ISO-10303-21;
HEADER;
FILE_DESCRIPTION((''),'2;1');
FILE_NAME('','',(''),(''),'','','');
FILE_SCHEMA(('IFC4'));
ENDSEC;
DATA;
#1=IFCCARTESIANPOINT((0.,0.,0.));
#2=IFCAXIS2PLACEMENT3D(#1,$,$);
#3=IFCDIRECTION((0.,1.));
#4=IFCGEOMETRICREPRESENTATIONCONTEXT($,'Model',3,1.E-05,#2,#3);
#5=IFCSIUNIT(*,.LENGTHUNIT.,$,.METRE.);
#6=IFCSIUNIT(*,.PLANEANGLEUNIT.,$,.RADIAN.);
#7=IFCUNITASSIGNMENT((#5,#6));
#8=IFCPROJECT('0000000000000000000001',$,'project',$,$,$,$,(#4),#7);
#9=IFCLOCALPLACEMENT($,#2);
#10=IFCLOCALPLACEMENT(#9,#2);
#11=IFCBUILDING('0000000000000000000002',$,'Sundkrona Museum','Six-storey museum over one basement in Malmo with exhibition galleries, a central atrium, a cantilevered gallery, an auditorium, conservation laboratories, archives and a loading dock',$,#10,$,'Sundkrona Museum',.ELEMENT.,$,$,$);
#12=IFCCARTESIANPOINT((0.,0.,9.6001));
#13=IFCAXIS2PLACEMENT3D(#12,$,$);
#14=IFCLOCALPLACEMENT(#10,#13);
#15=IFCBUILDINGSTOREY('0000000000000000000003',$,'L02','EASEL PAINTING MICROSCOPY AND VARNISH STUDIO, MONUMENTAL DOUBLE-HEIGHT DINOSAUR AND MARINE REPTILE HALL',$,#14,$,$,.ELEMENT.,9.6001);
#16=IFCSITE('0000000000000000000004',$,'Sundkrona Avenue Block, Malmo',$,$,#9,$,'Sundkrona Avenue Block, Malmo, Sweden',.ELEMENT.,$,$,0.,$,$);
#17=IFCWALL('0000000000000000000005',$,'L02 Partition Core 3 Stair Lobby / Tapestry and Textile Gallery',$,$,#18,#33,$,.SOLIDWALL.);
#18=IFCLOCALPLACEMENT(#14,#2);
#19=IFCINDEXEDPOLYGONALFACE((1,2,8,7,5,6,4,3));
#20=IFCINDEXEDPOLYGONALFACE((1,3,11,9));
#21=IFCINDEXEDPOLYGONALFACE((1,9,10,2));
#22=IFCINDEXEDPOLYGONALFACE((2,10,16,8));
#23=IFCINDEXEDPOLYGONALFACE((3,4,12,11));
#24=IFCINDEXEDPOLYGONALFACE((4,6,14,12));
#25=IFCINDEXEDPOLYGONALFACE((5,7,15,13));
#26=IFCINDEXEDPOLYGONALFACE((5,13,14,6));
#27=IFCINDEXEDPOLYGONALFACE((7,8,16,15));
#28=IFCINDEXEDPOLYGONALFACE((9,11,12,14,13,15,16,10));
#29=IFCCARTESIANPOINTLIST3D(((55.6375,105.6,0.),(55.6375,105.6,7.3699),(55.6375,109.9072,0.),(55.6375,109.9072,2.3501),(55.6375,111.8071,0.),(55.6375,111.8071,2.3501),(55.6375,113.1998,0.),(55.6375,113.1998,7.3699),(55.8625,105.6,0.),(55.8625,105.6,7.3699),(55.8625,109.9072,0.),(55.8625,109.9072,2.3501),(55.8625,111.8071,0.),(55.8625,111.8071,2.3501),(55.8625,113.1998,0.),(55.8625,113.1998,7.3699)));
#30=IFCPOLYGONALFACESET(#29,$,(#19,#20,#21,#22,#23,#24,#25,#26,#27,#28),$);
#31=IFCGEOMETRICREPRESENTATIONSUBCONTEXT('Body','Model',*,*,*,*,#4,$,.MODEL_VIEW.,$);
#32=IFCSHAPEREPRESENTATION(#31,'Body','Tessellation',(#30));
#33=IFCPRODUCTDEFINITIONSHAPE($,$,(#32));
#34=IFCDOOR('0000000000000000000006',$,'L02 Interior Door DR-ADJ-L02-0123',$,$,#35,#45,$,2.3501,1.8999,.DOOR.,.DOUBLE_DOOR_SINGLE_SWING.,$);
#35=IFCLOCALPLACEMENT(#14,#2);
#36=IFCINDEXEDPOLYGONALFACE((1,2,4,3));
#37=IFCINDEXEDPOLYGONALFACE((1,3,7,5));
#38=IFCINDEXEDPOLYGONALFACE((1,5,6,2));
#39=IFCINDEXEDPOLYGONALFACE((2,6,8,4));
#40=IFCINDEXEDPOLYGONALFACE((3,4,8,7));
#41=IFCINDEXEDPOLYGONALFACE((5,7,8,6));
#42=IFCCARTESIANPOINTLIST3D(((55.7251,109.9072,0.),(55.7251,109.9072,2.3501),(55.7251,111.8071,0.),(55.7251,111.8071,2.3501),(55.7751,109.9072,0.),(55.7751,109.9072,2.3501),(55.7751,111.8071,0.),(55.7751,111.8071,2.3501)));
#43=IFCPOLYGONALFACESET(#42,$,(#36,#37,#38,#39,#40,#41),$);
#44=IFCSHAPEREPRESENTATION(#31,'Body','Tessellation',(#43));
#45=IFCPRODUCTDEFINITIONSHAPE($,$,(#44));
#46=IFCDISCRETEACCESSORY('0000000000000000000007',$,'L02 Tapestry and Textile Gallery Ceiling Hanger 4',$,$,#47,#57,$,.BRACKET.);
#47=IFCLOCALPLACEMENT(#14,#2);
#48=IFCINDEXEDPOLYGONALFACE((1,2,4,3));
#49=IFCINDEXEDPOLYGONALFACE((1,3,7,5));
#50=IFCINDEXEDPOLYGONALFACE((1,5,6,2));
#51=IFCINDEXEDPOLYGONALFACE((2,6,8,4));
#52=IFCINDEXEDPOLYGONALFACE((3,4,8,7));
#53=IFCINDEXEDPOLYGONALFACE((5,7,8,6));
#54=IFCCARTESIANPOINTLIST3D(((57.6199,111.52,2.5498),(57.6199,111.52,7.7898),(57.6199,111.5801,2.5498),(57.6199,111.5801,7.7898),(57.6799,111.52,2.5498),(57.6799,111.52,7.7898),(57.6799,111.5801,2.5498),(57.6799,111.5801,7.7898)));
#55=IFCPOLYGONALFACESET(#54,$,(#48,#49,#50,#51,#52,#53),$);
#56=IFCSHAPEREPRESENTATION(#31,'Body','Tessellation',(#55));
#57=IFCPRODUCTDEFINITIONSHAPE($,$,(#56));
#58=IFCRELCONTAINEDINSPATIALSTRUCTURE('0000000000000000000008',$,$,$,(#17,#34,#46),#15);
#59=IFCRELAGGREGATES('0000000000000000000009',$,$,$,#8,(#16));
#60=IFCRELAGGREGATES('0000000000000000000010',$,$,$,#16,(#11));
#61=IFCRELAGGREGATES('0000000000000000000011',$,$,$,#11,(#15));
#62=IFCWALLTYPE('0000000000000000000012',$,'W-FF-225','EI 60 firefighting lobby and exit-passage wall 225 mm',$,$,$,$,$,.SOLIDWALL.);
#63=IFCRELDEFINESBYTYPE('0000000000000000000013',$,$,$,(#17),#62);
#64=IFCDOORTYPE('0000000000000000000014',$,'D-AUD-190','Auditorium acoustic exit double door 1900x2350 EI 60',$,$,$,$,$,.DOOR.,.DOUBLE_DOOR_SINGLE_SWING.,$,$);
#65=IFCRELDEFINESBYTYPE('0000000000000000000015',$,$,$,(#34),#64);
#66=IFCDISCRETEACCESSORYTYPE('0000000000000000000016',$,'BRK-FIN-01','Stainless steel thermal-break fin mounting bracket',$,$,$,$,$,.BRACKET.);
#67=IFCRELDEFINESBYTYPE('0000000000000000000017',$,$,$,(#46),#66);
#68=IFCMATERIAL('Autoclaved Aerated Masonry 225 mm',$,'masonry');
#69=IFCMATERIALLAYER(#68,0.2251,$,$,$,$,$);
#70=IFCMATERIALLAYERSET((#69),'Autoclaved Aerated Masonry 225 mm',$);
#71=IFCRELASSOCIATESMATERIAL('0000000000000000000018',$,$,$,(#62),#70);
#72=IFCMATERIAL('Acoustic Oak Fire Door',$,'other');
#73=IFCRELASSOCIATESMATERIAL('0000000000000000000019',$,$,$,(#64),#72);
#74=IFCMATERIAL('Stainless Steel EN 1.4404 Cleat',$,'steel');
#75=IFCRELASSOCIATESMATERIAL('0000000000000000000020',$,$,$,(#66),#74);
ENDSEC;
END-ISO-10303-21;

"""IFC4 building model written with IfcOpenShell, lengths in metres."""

from ifc_helpers import new_model, si_unit, direction, frame, frame_2d, origin, origin_2d, place, context, subcontext, project, spatial, rectangle, extrude, material, layer, layer_set, type_object, element, fill, save


model = new_model("IFC4")

# Units and contexts
model_context = context("Model", 3, precision=1e-05, world=origin(), true_north=direction((0.0, 1.0)))
body_context = subcontext(model_context, "Body", "Model", "MODEL_VIEW")
ifc_project = project(units=[si_unit("LENGTHUNIT", "METRE"), si_unit("PLANEANGLEUNIT", "RADIAN")], contexts=[model_context])

# Site, building, storey
site_placement = place(None, origin())
site = spatial("IfcSite", under=ifc_project, at=site_placement, Name="Sundkrona Avenue Block, Malmo", LongName="Sundkrona Avenue Block, Malmo, Sweden", CompositionType="ELEMENT", RefElevation=0.0)
building_placement = place(site_placement, origin())
building = spatial("IfcBuilding", under=site, at=building_placement, Name="Sundkrona Museum", Description="Six-storey museum over one basement in Malmo with exhibition galleries, a central atrium, a cantilevered gallery, an auditorium, conservation laboratories, archives and a loading dock", LongName="Sundkrona Museum", CompositionType="ELEMENT")
storey_placement = place(building_placement, frame((0.0, 0.0, 9.6001)))
storey = spatial("IfcBuildingStorey", under=building, at=storey_placement, Name="L02", Description="EASEL PAINTING MICROSCOPY AND VARNISH STUDIO, MONUMENTAL DOUBLE-HEIGHT DINOSAUR AND MARINE REPTILE HALL", CompositionType="ELEMENT", Elevation=9.6001)

# Wall, opening, door
ifc_material_1 = material(Name="Autoclaved Aerated Masonry 225 mm", Category="masonry")
ifc_layer_1 = layer(ifc_material_1, 0.2251)
ifc_layer_set_1 = layer_set([ifc_layer_1], Name="Autoclaved Aerated Masonry 225 mm")
wall_type_1 = type_object("IfcWallType", Name="W-FF-225", Description="EI 60 firefighting lobby and exit-passage wall 225 mm", PredefinedType="SOLIDWALL", material=ifc_layer_set_1)
wall_1_placement = place(storey_placement, frame((55.75, 105.6001, 0.0), z_axis=(0.0, 0.0, 1.0), x_axis=(0.0, 1.0, 0.0)))
wall_1 = element("IfcWall", 1, at=wall_1_placement, inside=storey, type_object=wall_type_1, Name="L02 Partition Core 3 Stair Lobby / Tapestry and Textile Gallery", PredefinedType="SOLIDWALL", context=body_context, shape_type="SweptSolid", body=[
    extrude(rectangle(XDim=7.5999, YDim=0.2251, at=frame_2d((3.7998, 0.0))), origin(), (0.0, 0.0, 1.0), 7.3699),
])
opening_1_placement = place(wall_1_placement, frame((4.3071, 0.0, 0.0)))
opening_1 = element("IfcOpeningElement", 2, at=opening_1_placement, cuts=wall_1, PredefinedType="OPENING", context=body_context, shape_type="SweptSolid", body=[
    extrude(rectangle(XDim=1.8999, YDim=2.3501, at=frame_2d((0.95, 1.175))), frame((0.0, 0.1226, 0.0), z_axis=(0.0, -1.0, 0.0), x_axis=(1.0, 0.0, 0.0)), (0.0, 0.0, 1.0), 0.2451),
])
ifc_material_2 = material(Name="Acoustic Oak Fire Door", Category="other")
door_type = type_object("IfcDoorType", Name="D-AUD-190", Description="Auditorium acoustic exit double door 1900x2350 EI 60", OperationType="DOUBLE_DOOR_SINGLE_SWING", PredefinedType="DOOR", material=ifc_material_2)
door_placement = place(opening_1_placement, origin())
door = element("IfcDoor", 3, at=door_placement, inside=storey, type_object=door_type, Name="L02 Interior Door DR-ADJ-L02-0123", OperationType="DOUBLE_DOOR_SINGLE_SWING", OverallHeight=2.3501, OverallWidth=1.8999, PredefinedType="DOOR", context=body_context, shape_type="SweptSolid", body=[
    extrude(rectangle(XDim=1.8999, YDim=2.3501, at=frame_2d((0.95, 1.175))), frame((0.0, 0.0249, 0.0), z_axis=(0.0, -1.0, 0.0), x_axis=(1.0, 0.0, 0.0)), (0.0, 0.0, 1.0), 0.05),
])
fill(opening_1, door)

# Discrete accessory
ifc_material_3 = material(Name="Stainless Steel EN 1.4404 Cleat", Category="steel")
discrete_accessory_type = type_object("IfcDiscreteAccessoryType", Name="BRK-FIN-01", Description="Stainless steel thermal-break fin mounting bracket", PredefinedType="BRACKET", material=ifc_material_3)
discrete_accessory_placement = place(storey_placement, frame((57.6499, 111.55, 2.5498), z_axis=(0.0, 0.0, 1.0), x_axis=(1.0, 0.0, 0.0)))
element("IfcDiscreteAccessory", 4, at=discrete_accessory_placement, inside=storey, type_object=discrete_accessory_type, Name="L02 Tapestry and Textile Gallery Ceiling Hanger 4", PredefinedType="BRACKET", context=body_context, shape_type="SweptSolid", body=[
    extrude(rectangle(XDim=0.0601, YDim=0.0601, at=origin_2d()), origin(), (0.0, 0.0, 1.0), 5.24),
])

save(model, "model.ifc")
